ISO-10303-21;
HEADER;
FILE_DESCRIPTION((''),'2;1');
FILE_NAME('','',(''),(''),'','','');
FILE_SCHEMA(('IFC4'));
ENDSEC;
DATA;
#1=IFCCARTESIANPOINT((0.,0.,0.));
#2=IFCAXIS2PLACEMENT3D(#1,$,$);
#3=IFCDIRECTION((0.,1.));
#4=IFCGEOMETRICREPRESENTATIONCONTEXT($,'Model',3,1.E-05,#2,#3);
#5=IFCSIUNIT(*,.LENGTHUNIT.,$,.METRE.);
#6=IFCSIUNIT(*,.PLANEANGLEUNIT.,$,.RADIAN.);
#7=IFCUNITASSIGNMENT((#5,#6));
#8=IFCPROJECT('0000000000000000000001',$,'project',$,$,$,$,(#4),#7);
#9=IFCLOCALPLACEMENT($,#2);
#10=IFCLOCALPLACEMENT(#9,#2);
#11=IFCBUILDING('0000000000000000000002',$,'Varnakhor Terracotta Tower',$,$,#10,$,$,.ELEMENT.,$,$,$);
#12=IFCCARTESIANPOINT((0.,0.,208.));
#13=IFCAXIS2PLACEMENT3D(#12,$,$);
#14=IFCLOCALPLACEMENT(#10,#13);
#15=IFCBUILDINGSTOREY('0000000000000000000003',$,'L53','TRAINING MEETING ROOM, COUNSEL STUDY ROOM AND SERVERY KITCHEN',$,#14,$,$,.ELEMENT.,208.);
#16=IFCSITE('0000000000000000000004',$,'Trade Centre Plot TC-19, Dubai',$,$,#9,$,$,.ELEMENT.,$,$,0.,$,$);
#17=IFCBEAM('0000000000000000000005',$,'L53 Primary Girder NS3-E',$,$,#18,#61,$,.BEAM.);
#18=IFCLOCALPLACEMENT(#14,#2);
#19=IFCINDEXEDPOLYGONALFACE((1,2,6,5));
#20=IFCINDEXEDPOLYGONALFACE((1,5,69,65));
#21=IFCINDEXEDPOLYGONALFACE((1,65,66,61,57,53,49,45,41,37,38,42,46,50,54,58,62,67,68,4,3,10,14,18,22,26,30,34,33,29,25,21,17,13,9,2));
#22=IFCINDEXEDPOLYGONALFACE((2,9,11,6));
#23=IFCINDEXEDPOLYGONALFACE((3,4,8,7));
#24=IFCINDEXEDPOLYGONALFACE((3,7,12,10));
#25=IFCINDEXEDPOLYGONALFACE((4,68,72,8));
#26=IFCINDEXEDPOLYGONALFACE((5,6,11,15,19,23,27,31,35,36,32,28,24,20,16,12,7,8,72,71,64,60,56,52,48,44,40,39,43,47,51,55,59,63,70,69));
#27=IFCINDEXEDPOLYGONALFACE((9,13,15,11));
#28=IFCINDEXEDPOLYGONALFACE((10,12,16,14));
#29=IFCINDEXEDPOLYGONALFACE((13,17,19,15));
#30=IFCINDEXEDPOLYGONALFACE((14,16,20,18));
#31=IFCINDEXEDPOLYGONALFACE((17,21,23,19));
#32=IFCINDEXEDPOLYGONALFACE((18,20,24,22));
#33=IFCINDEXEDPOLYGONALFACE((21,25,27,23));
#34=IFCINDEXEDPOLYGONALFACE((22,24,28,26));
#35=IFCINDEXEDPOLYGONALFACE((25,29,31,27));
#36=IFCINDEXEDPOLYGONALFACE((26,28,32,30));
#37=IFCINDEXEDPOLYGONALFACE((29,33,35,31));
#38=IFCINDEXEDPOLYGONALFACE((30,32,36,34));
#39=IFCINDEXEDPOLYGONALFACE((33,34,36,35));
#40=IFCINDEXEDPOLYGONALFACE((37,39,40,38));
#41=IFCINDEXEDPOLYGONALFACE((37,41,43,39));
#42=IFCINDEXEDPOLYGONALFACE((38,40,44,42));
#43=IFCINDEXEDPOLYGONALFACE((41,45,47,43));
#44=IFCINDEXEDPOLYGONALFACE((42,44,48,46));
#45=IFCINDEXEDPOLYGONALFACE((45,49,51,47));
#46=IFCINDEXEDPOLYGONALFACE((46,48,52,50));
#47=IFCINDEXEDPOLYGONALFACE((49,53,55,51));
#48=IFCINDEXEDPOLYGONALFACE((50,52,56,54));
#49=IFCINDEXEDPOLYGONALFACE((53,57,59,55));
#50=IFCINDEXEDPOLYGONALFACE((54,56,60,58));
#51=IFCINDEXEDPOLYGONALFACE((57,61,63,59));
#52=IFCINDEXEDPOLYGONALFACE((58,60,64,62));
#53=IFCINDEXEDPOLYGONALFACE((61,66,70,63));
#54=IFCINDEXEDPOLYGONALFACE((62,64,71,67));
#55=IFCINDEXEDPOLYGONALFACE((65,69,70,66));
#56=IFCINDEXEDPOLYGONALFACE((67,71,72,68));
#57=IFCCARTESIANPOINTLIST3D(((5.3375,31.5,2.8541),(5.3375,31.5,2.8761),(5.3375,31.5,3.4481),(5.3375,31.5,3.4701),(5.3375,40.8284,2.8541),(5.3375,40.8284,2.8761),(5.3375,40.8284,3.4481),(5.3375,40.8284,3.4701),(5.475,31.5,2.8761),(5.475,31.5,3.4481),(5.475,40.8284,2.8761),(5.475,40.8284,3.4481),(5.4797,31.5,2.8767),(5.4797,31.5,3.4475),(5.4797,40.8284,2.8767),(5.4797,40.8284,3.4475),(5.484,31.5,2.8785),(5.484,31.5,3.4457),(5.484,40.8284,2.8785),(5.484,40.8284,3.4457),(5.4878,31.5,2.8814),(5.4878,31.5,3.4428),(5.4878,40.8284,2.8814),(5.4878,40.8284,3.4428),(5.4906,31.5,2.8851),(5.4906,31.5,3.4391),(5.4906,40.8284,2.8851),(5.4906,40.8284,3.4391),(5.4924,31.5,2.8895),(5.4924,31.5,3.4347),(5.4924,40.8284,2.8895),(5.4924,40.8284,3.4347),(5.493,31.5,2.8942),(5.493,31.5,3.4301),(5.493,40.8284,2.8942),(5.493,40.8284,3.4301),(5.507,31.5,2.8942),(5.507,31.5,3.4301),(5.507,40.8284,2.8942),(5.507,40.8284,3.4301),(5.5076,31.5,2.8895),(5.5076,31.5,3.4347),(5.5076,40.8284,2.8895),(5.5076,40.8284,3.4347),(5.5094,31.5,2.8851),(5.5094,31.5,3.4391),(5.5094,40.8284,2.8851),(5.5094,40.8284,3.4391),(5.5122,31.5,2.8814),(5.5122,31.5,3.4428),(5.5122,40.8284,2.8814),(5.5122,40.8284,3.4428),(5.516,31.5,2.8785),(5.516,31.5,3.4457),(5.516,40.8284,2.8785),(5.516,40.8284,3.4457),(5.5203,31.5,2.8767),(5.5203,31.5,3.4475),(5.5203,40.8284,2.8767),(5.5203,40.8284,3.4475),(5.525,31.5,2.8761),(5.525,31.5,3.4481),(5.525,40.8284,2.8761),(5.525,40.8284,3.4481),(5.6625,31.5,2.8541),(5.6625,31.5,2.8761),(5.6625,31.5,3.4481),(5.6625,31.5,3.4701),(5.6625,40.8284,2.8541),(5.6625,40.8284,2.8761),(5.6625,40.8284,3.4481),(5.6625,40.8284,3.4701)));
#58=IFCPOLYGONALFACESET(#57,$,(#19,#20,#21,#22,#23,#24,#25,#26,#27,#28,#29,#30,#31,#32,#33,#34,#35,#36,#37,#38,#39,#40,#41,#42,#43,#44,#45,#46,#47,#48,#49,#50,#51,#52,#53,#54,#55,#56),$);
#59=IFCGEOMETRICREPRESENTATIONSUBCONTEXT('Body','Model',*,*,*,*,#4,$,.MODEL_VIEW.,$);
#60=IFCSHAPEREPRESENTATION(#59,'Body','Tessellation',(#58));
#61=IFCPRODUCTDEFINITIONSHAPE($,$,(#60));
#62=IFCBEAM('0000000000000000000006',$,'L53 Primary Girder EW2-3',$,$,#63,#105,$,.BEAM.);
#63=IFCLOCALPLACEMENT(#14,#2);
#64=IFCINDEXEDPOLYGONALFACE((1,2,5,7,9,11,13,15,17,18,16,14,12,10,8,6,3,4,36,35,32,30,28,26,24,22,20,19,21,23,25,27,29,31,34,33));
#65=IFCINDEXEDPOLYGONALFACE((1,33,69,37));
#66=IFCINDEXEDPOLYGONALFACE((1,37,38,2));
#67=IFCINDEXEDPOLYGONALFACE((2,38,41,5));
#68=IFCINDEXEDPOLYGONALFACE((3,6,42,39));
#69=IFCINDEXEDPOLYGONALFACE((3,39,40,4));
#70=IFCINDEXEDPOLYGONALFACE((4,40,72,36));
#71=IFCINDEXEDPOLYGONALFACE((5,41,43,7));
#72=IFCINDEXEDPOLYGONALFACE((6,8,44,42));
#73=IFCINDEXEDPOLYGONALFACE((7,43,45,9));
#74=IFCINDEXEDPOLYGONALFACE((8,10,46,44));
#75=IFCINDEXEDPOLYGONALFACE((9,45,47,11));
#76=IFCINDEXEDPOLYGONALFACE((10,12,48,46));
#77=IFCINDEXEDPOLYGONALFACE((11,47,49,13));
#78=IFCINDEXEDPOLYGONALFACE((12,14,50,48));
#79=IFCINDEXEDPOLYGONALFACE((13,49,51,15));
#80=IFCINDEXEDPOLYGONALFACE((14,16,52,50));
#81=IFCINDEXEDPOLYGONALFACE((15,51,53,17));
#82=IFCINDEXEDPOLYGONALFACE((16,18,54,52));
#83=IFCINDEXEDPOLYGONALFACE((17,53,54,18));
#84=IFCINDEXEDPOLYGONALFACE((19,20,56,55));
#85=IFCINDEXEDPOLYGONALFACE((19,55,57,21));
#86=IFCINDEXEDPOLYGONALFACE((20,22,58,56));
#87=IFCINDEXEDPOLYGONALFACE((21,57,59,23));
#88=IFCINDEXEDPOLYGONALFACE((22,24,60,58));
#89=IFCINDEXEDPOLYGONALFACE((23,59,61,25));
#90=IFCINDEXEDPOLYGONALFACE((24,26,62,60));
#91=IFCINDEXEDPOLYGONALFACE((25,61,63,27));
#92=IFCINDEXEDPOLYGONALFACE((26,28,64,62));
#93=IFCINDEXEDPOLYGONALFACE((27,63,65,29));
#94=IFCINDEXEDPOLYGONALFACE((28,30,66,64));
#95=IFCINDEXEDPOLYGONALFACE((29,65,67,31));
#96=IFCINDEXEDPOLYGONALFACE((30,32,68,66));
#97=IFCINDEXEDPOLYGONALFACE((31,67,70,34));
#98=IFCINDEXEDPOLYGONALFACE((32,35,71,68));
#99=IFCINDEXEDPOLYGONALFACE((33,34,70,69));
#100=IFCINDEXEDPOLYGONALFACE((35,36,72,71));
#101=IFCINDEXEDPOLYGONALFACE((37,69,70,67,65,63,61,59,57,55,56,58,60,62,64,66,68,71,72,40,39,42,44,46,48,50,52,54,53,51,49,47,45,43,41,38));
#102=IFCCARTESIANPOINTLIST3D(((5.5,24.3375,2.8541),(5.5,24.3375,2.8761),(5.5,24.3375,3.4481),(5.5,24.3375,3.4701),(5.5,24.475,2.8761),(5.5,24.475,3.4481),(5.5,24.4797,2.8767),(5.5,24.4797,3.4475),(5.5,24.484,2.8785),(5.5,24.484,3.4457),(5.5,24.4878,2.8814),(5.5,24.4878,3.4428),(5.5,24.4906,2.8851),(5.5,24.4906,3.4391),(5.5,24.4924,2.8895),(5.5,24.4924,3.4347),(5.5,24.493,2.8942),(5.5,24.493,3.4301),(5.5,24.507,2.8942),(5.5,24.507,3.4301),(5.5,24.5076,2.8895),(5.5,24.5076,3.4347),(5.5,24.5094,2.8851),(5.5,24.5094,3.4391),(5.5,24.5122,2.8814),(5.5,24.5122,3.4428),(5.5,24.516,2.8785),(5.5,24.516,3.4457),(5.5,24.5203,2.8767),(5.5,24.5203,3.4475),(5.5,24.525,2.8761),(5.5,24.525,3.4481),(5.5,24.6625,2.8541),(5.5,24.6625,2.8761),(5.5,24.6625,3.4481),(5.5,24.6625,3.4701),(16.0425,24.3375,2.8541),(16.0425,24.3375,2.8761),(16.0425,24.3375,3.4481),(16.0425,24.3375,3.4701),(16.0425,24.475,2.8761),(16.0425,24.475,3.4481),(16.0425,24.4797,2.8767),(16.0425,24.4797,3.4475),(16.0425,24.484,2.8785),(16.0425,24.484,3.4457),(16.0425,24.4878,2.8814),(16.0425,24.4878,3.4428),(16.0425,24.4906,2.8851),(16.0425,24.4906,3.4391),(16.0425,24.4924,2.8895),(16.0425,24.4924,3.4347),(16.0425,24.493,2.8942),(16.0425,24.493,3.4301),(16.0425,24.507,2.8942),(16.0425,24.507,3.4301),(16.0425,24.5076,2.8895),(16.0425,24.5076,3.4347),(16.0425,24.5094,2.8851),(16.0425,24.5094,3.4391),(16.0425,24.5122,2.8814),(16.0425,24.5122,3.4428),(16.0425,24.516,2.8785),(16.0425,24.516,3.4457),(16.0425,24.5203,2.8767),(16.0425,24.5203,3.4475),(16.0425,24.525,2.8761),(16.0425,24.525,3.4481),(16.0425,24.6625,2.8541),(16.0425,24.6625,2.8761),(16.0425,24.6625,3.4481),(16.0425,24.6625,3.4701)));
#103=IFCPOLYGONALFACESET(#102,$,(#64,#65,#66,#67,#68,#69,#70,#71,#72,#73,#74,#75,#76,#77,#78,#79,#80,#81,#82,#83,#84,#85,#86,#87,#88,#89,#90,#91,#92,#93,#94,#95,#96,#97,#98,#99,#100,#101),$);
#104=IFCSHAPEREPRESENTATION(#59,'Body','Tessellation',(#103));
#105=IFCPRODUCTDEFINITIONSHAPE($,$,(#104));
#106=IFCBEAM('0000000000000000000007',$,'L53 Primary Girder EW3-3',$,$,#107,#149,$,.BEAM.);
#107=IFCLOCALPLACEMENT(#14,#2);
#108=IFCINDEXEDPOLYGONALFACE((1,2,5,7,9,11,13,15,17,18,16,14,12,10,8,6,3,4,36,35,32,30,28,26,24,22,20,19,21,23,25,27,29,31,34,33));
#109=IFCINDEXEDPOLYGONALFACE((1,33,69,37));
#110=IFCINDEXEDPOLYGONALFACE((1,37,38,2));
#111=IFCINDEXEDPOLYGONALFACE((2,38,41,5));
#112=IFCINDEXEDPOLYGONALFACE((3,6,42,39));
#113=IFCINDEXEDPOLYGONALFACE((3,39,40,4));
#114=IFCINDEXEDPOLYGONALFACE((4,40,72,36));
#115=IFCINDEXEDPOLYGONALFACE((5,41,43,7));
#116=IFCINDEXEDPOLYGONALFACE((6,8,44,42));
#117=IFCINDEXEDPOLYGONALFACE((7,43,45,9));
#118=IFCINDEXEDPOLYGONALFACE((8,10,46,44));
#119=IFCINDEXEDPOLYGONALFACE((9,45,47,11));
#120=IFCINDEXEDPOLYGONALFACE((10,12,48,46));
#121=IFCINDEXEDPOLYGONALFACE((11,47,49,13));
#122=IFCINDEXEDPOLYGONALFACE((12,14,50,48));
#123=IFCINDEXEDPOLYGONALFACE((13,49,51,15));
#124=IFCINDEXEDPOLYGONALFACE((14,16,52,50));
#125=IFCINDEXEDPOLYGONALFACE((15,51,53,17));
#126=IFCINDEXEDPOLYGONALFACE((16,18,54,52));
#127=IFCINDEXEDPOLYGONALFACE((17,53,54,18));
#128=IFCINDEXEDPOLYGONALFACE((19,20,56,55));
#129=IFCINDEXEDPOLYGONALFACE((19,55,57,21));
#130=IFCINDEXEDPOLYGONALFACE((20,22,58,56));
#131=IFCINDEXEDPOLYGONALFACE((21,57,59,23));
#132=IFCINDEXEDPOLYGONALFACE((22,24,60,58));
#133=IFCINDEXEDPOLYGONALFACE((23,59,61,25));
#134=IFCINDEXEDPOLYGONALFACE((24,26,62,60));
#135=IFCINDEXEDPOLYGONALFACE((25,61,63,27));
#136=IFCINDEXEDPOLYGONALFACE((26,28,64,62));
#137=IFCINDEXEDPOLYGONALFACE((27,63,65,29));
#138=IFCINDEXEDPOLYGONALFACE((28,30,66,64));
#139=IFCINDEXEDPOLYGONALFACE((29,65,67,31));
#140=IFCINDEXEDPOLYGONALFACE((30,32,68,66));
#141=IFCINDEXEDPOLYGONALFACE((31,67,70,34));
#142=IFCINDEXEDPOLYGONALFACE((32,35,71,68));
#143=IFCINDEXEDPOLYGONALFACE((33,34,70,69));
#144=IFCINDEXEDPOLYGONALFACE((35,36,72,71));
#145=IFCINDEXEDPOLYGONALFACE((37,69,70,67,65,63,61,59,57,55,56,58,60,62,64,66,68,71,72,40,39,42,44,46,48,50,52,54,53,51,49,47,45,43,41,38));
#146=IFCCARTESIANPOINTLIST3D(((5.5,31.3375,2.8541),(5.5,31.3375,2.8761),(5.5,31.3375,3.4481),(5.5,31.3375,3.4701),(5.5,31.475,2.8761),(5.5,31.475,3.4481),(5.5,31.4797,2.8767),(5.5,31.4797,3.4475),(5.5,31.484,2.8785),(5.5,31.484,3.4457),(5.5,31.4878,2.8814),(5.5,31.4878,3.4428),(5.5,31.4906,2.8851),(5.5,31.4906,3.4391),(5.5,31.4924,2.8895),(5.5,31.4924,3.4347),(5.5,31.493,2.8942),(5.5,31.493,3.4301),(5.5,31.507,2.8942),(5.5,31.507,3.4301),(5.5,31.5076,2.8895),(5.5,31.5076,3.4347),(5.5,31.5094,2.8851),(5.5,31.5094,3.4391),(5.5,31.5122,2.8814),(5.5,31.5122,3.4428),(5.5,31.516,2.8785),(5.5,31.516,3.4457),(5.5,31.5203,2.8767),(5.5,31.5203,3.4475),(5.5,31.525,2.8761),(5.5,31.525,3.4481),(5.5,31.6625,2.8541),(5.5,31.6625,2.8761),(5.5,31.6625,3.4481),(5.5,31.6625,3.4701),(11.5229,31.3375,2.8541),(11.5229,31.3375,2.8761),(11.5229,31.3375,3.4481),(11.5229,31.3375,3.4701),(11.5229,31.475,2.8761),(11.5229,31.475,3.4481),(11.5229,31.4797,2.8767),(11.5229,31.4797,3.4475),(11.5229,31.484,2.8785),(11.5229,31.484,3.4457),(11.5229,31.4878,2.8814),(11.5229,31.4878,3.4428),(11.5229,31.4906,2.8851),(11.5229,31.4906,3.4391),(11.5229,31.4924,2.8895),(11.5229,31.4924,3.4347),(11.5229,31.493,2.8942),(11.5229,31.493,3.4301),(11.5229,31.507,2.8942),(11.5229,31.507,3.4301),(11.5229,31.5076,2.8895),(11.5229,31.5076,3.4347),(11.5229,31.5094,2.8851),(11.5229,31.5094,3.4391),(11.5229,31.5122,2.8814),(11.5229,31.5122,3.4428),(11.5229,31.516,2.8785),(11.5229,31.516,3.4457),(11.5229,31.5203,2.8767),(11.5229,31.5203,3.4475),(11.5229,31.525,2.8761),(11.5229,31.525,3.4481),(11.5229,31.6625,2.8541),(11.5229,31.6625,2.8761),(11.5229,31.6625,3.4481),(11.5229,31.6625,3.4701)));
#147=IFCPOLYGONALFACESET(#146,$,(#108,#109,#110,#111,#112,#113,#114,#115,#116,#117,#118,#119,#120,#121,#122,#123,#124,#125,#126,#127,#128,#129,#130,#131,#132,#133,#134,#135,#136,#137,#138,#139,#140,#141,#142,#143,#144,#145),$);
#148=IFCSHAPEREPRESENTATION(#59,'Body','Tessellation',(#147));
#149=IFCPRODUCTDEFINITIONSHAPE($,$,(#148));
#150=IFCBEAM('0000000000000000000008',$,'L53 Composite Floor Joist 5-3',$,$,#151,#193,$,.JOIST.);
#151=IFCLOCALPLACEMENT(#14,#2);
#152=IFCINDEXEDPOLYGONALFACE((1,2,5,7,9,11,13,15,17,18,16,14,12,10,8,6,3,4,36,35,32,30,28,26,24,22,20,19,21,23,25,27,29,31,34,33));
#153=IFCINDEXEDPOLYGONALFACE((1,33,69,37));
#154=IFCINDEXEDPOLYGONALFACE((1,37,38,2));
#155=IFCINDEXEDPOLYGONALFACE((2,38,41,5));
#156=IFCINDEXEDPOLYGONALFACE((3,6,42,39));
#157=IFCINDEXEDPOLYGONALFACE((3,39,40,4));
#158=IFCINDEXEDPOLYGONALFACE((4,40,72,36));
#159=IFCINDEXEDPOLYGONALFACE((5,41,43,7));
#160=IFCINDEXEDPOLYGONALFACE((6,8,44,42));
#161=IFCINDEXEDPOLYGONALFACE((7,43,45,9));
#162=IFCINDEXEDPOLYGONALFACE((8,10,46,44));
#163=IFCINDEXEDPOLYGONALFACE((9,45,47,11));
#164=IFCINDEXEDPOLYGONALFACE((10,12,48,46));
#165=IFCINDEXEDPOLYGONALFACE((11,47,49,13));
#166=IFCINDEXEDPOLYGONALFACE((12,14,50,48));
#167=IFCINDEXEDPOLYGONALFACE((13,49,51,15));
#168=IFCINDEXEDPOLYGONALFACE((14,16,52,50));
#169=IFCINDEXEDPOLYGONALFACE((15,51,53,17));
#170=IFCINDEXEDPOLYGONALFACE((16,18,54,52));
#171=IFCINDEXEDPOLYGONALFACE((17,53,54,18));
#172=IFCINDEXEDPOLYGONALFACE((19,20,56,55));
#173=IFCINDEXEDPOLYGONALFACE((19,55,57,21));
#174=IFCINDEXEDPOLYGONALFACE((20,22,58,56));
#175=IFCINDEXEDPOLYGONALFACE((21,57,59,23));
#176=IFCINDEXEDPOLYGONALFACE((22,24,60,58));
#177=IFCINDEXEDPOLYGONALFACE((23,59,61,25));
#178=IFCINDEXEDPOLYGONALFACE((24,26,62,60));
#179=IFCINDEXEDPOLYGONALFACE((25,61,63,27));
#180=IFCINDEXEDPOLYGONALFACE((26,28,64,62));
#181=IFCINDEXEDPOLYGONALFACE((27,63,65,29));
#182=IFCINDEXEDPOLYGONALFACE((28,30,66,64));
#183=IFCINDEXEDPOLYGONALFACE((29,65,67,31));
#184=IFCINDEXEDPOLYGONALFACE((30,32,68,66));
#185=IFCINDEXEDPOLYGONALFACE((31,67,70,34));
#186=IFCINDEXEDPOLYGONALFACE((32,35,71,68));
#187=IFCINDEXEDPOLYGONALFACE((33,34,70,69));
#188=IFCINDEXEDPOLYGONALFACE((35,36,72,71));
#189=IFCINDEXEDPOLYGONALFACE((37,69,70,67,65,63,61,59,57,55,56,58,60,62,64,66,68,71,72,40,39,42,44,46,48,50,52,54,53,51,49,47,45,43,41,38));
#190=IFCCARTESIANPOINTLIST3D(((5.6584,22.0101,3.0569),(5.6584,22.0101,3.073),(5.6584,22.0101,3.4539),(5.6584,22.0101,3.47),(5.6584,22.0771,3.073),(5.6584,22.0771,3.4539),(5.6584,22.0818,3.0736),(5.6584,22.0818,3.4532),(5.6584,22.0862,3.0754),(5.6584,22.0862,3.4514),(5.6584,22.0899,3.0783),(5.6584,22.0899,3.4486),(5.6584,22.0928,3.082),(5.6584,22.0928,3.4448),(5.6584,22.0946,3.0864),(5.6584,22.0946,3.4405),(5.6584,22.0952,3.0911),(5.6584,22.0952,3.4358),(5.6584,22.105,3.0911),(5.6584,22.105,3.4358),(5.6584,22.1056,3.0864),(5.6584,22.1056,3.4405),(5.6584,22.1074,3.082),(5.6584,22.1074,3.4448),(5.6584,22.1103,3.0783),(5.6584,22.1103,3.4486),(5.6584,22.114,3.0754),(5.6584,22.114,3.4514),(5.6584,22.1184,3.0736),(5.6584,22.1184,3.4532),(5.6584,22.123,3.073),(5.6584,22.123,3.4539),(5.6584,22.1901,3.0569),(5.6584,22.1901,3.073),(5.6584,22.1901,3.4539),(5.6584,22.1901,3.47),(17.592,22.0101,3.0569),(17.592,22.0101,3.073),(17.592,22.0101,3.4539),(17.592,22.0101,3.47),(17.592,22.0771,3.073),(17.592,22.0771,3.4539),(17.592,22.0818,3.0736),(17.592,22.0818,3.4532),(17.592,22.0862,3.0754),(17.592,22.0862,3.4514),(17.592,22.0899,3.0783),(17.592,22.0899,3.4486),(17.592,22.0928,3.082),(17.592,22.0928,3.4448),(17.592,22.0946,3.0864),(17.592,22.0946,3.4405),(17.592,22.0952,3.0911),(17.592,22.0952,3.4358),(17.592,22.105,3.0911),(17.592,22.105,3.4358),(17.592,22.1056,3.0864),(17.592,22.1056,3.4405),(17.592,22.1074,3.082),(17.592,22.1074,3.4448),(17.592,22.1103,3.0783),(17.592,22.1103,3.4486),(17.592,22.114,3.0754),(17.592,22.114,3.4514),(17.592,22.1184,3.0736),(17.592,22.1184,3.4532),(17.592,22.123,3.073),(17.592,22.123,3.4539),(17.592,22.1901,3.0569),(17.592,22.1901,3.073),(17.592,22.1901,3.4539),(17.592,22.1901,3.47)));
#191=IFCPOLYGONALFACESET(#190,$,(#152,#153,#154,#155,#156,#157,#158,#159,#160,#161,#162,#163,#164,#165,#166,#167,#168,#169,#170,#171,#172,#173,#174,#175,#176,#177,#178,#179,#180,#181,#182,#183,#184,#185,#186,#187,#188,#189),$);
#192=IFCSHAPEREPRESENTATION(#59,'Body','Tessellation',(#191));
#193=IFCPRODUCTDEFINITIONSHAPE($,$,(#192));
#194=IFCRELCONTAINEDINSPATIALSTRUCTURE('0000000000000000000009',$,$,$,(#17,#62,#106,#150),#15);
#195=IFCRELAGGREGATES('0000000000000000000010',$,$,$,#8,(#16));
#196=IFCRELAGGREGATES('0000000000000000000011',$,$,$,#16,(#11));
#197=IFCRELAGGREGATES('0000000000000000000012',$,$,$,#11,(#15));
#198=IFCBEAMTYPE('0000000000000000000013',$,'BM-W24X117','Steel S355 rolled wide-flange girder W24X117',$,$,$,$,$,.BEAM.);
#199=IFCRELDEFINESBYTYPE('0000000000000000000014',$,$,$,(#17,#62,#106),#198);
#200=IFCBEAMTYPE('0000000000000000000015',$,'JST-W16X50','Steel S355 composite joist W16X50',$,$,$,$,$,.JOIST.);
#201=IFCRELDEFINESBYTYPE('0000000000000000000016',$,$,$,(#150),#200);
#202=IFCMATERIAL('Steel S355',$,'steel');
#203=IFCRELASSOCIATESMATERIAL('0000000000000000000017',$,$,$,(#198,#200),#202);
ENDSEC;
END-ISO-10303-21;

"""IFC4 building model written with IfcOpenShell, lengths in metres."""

from ifc_helpers import new_model, si_unit, direction, frame, origin, origin_2d, place, context, subcontext, project, spatial, i_section, extrude, source, transform, mapped, material, material_profile, profile_set, type_object, element, save


model = new_model("IFC4")

# Units and contexts
model_context = context("Model", 3, precision=1e-05, world=origin(), true_north=direction((0.0, 1.0)))
body_context = subcontext(model_context, "Body", "Model", "MODEL_VIEW")
ifc_project = project(units=[si_unit("LENGTHUNIT", "METRE"), si_unit("PLANEANGLEUNIT", "RADIAN")], contexts=[model_context])

# Site, building, storey
site_placement = place(None, origin())
site = spatial("IfcSite", under=ifc_project, at=site_placement, Name="Trade Centre Plot TC-19, Dubai", CompositionType="ELEMENT", RefElevation=0.0)
building_placement = place(site_placement, origin())
building = spatial("IfcBuilding", under=site, at=building_placement, Name="Varnakhor Terracotta Tower", CompositionType="ELEMENT")
storey_placement = place(building_placement, frame((0.0, 0.0, 208.0)))
storey = spatial("IfcBuildingStorey", under=building, at=storey_placement, Name="L53", Description="TRAINING MEETING ROOM, COUNSEL STUDY ROOM AND SERVERY KITCHEN", CompositionType="ELEMENT", Elevation=208.0)

# Beams
ifc_material_1 = material(Name="Steel S355", Category="steel")
ifc_material_profile_1 = material_profile(ifc_material_1, i_section(OverallWidth=0.325, OverallDepth=0.616, WebThickness=0.0139, FlangeThickness=0.022, FilletRadius=0.0181, at=origin_2d()), Name="W24X117")
ifc_profile_set_1 = profile_set([ifc_material_profile_1], Name="Steel S355")
beam_type_1 = type_object("IfcBeamType", Name="BM-W24X117", Description="Steel S355 rolled wide-flange girder W24X117", PredefinedType="BEAM", material=ifc_profile_set_1)
shared_shape_1 = source(origin(), body_context, "Body", "SweptSolid", [
    extrude(i_section(OverallWidth=0.325, OverallDepth=0.616, WebThickness=0.0139, FlangeThickness=0.022, FilletRadius=0.0181, at=origin_2d()), origin(), (0.0, 0.0, 1.0), 9.3284),
])
beam_1_placement = place(storey_placement, frame((5.5, 31.5, 3.1621), z_axis=(0.0, 1.0, 0.0), x_axis=(-1.0, 0.0, 0.0)))
element("IfcBeam", 1, at=beam_1_placement, inside=storey, type_object=beam_type_1, Name="L53 Primary Girder NS3-E", PredefinedType="BEAM", context=body_context, shape_type="MappedRepresentation", body=[
    mapped(shared_shape_1, transform((0.0, 0.0, 0.0), scale=1.0)),
])
shared_shape_2 = source(origin(), body_context, "Body", "SweptSolid", [
    extrude(i_section(OverallWidth=0.325, OverallDepth=0.616, WebThickness=0.0139, FlangeThickness=0.022, FilletRadius=0.0181, at=origin_2d()), origin(), (0.0, 0.0, 1.0), 10.5425),
])
beam_2_placement = place(storey_placement, frame((5.5, 24.5, 3.1621), z_axis=(1.0, 0.0, 0.0), x_axis=(0.0, 1.0, 0.0)))
element("IfcBeam", 2, at=beam_2_placement, inside=storey, type_object=beam_type_1, Name="L53 Primary Girder EW2-3", PredefinedType="BEAM", context=body_context, shape_type="MappedRepresentation", body=[
    mapped(shared_shape_2, transform((0.0, 0.0, 0.0), scale=1.0)),
])
shared_shape_3 = source(origin(), body_context, "Body", "SweptSolid", [
    extrude(i_section(OverallWidth=0.325, OverallDepth=0.616, WebThickness=0.0139, FlangeThickness=0.022, FilletRadius=0.0181, at=origin_2d()), origin(), (0.0, 0.0, 1.0), 6.0229),
])
beam_3_placement = place(storey_placement, frame((5.5, 31.5, 3.1621), z_axis=(1.0, 0.0, 0.0), x_axis=(0.0, 1.0, 0.0)))
element("IfcBeam", 3, at=beam_3_placement, inside=storey, type_object=beam_type_1, Name="L53 Primary Girder EW3-3", PredefinedType="BEAM", context=body_context, shape_type="MappedRepresentation", body=[
    mapped(shared_shape_3, transform((0.0, 0.0, 0.0), scale=1.0)),
])
ifc_material_profile_2 = material_profile(ifc_material_1, i_section(OverallWidth=0.1799, OverallDepth=0.4131, WebThickness=0.0098, FlangeThickness=0.0161, FilletRadius=0.0181, at=origin_2d()), Name="W16X50")
ifc_profile_set_2 = profile_set([ifc_material_profile_2], Name="Steel S355")
beam_type_2 = type_object("IfcBeamType", Name="JST-W16X50", Description="Steel S355 composite joist W16X50", PredefinedType="JOIST", material=ifc_profile_set_2)
shared_shape_4 = source(origin(), body_context, "Body", "SweptSolid", [
    extrude(i_section(OverallWidth=0.1799, OverallDepth=0.4131, WebThickness=0.0098, FlangeThickness=0.0161, FilletRadius=0.0181, at=origin_2d()), origin(), (0.0, 0.0, 1.0), 11.9336),
])
beam_4_placement = place(storey_placement, frame((5.6584, 22.1001, 3.2634), z_axis=(1.0, 0.0, 0.0), x_axis=(0.0, 1.0, 0.0)))
element("IfcBeam", 4, at=beam_4_placement, inside=storey, type_object=beam_type_2, Name="L53 Composite Floor Joist 5-3", PredefinedType="JOIST", context=body_context, shape_type="MappedRepresentation", body=[
    mapped(shared_shape_4, transform((0.0, 0.0, 0.0), scale=1.0)),
])

save(model, "model.ifc")
